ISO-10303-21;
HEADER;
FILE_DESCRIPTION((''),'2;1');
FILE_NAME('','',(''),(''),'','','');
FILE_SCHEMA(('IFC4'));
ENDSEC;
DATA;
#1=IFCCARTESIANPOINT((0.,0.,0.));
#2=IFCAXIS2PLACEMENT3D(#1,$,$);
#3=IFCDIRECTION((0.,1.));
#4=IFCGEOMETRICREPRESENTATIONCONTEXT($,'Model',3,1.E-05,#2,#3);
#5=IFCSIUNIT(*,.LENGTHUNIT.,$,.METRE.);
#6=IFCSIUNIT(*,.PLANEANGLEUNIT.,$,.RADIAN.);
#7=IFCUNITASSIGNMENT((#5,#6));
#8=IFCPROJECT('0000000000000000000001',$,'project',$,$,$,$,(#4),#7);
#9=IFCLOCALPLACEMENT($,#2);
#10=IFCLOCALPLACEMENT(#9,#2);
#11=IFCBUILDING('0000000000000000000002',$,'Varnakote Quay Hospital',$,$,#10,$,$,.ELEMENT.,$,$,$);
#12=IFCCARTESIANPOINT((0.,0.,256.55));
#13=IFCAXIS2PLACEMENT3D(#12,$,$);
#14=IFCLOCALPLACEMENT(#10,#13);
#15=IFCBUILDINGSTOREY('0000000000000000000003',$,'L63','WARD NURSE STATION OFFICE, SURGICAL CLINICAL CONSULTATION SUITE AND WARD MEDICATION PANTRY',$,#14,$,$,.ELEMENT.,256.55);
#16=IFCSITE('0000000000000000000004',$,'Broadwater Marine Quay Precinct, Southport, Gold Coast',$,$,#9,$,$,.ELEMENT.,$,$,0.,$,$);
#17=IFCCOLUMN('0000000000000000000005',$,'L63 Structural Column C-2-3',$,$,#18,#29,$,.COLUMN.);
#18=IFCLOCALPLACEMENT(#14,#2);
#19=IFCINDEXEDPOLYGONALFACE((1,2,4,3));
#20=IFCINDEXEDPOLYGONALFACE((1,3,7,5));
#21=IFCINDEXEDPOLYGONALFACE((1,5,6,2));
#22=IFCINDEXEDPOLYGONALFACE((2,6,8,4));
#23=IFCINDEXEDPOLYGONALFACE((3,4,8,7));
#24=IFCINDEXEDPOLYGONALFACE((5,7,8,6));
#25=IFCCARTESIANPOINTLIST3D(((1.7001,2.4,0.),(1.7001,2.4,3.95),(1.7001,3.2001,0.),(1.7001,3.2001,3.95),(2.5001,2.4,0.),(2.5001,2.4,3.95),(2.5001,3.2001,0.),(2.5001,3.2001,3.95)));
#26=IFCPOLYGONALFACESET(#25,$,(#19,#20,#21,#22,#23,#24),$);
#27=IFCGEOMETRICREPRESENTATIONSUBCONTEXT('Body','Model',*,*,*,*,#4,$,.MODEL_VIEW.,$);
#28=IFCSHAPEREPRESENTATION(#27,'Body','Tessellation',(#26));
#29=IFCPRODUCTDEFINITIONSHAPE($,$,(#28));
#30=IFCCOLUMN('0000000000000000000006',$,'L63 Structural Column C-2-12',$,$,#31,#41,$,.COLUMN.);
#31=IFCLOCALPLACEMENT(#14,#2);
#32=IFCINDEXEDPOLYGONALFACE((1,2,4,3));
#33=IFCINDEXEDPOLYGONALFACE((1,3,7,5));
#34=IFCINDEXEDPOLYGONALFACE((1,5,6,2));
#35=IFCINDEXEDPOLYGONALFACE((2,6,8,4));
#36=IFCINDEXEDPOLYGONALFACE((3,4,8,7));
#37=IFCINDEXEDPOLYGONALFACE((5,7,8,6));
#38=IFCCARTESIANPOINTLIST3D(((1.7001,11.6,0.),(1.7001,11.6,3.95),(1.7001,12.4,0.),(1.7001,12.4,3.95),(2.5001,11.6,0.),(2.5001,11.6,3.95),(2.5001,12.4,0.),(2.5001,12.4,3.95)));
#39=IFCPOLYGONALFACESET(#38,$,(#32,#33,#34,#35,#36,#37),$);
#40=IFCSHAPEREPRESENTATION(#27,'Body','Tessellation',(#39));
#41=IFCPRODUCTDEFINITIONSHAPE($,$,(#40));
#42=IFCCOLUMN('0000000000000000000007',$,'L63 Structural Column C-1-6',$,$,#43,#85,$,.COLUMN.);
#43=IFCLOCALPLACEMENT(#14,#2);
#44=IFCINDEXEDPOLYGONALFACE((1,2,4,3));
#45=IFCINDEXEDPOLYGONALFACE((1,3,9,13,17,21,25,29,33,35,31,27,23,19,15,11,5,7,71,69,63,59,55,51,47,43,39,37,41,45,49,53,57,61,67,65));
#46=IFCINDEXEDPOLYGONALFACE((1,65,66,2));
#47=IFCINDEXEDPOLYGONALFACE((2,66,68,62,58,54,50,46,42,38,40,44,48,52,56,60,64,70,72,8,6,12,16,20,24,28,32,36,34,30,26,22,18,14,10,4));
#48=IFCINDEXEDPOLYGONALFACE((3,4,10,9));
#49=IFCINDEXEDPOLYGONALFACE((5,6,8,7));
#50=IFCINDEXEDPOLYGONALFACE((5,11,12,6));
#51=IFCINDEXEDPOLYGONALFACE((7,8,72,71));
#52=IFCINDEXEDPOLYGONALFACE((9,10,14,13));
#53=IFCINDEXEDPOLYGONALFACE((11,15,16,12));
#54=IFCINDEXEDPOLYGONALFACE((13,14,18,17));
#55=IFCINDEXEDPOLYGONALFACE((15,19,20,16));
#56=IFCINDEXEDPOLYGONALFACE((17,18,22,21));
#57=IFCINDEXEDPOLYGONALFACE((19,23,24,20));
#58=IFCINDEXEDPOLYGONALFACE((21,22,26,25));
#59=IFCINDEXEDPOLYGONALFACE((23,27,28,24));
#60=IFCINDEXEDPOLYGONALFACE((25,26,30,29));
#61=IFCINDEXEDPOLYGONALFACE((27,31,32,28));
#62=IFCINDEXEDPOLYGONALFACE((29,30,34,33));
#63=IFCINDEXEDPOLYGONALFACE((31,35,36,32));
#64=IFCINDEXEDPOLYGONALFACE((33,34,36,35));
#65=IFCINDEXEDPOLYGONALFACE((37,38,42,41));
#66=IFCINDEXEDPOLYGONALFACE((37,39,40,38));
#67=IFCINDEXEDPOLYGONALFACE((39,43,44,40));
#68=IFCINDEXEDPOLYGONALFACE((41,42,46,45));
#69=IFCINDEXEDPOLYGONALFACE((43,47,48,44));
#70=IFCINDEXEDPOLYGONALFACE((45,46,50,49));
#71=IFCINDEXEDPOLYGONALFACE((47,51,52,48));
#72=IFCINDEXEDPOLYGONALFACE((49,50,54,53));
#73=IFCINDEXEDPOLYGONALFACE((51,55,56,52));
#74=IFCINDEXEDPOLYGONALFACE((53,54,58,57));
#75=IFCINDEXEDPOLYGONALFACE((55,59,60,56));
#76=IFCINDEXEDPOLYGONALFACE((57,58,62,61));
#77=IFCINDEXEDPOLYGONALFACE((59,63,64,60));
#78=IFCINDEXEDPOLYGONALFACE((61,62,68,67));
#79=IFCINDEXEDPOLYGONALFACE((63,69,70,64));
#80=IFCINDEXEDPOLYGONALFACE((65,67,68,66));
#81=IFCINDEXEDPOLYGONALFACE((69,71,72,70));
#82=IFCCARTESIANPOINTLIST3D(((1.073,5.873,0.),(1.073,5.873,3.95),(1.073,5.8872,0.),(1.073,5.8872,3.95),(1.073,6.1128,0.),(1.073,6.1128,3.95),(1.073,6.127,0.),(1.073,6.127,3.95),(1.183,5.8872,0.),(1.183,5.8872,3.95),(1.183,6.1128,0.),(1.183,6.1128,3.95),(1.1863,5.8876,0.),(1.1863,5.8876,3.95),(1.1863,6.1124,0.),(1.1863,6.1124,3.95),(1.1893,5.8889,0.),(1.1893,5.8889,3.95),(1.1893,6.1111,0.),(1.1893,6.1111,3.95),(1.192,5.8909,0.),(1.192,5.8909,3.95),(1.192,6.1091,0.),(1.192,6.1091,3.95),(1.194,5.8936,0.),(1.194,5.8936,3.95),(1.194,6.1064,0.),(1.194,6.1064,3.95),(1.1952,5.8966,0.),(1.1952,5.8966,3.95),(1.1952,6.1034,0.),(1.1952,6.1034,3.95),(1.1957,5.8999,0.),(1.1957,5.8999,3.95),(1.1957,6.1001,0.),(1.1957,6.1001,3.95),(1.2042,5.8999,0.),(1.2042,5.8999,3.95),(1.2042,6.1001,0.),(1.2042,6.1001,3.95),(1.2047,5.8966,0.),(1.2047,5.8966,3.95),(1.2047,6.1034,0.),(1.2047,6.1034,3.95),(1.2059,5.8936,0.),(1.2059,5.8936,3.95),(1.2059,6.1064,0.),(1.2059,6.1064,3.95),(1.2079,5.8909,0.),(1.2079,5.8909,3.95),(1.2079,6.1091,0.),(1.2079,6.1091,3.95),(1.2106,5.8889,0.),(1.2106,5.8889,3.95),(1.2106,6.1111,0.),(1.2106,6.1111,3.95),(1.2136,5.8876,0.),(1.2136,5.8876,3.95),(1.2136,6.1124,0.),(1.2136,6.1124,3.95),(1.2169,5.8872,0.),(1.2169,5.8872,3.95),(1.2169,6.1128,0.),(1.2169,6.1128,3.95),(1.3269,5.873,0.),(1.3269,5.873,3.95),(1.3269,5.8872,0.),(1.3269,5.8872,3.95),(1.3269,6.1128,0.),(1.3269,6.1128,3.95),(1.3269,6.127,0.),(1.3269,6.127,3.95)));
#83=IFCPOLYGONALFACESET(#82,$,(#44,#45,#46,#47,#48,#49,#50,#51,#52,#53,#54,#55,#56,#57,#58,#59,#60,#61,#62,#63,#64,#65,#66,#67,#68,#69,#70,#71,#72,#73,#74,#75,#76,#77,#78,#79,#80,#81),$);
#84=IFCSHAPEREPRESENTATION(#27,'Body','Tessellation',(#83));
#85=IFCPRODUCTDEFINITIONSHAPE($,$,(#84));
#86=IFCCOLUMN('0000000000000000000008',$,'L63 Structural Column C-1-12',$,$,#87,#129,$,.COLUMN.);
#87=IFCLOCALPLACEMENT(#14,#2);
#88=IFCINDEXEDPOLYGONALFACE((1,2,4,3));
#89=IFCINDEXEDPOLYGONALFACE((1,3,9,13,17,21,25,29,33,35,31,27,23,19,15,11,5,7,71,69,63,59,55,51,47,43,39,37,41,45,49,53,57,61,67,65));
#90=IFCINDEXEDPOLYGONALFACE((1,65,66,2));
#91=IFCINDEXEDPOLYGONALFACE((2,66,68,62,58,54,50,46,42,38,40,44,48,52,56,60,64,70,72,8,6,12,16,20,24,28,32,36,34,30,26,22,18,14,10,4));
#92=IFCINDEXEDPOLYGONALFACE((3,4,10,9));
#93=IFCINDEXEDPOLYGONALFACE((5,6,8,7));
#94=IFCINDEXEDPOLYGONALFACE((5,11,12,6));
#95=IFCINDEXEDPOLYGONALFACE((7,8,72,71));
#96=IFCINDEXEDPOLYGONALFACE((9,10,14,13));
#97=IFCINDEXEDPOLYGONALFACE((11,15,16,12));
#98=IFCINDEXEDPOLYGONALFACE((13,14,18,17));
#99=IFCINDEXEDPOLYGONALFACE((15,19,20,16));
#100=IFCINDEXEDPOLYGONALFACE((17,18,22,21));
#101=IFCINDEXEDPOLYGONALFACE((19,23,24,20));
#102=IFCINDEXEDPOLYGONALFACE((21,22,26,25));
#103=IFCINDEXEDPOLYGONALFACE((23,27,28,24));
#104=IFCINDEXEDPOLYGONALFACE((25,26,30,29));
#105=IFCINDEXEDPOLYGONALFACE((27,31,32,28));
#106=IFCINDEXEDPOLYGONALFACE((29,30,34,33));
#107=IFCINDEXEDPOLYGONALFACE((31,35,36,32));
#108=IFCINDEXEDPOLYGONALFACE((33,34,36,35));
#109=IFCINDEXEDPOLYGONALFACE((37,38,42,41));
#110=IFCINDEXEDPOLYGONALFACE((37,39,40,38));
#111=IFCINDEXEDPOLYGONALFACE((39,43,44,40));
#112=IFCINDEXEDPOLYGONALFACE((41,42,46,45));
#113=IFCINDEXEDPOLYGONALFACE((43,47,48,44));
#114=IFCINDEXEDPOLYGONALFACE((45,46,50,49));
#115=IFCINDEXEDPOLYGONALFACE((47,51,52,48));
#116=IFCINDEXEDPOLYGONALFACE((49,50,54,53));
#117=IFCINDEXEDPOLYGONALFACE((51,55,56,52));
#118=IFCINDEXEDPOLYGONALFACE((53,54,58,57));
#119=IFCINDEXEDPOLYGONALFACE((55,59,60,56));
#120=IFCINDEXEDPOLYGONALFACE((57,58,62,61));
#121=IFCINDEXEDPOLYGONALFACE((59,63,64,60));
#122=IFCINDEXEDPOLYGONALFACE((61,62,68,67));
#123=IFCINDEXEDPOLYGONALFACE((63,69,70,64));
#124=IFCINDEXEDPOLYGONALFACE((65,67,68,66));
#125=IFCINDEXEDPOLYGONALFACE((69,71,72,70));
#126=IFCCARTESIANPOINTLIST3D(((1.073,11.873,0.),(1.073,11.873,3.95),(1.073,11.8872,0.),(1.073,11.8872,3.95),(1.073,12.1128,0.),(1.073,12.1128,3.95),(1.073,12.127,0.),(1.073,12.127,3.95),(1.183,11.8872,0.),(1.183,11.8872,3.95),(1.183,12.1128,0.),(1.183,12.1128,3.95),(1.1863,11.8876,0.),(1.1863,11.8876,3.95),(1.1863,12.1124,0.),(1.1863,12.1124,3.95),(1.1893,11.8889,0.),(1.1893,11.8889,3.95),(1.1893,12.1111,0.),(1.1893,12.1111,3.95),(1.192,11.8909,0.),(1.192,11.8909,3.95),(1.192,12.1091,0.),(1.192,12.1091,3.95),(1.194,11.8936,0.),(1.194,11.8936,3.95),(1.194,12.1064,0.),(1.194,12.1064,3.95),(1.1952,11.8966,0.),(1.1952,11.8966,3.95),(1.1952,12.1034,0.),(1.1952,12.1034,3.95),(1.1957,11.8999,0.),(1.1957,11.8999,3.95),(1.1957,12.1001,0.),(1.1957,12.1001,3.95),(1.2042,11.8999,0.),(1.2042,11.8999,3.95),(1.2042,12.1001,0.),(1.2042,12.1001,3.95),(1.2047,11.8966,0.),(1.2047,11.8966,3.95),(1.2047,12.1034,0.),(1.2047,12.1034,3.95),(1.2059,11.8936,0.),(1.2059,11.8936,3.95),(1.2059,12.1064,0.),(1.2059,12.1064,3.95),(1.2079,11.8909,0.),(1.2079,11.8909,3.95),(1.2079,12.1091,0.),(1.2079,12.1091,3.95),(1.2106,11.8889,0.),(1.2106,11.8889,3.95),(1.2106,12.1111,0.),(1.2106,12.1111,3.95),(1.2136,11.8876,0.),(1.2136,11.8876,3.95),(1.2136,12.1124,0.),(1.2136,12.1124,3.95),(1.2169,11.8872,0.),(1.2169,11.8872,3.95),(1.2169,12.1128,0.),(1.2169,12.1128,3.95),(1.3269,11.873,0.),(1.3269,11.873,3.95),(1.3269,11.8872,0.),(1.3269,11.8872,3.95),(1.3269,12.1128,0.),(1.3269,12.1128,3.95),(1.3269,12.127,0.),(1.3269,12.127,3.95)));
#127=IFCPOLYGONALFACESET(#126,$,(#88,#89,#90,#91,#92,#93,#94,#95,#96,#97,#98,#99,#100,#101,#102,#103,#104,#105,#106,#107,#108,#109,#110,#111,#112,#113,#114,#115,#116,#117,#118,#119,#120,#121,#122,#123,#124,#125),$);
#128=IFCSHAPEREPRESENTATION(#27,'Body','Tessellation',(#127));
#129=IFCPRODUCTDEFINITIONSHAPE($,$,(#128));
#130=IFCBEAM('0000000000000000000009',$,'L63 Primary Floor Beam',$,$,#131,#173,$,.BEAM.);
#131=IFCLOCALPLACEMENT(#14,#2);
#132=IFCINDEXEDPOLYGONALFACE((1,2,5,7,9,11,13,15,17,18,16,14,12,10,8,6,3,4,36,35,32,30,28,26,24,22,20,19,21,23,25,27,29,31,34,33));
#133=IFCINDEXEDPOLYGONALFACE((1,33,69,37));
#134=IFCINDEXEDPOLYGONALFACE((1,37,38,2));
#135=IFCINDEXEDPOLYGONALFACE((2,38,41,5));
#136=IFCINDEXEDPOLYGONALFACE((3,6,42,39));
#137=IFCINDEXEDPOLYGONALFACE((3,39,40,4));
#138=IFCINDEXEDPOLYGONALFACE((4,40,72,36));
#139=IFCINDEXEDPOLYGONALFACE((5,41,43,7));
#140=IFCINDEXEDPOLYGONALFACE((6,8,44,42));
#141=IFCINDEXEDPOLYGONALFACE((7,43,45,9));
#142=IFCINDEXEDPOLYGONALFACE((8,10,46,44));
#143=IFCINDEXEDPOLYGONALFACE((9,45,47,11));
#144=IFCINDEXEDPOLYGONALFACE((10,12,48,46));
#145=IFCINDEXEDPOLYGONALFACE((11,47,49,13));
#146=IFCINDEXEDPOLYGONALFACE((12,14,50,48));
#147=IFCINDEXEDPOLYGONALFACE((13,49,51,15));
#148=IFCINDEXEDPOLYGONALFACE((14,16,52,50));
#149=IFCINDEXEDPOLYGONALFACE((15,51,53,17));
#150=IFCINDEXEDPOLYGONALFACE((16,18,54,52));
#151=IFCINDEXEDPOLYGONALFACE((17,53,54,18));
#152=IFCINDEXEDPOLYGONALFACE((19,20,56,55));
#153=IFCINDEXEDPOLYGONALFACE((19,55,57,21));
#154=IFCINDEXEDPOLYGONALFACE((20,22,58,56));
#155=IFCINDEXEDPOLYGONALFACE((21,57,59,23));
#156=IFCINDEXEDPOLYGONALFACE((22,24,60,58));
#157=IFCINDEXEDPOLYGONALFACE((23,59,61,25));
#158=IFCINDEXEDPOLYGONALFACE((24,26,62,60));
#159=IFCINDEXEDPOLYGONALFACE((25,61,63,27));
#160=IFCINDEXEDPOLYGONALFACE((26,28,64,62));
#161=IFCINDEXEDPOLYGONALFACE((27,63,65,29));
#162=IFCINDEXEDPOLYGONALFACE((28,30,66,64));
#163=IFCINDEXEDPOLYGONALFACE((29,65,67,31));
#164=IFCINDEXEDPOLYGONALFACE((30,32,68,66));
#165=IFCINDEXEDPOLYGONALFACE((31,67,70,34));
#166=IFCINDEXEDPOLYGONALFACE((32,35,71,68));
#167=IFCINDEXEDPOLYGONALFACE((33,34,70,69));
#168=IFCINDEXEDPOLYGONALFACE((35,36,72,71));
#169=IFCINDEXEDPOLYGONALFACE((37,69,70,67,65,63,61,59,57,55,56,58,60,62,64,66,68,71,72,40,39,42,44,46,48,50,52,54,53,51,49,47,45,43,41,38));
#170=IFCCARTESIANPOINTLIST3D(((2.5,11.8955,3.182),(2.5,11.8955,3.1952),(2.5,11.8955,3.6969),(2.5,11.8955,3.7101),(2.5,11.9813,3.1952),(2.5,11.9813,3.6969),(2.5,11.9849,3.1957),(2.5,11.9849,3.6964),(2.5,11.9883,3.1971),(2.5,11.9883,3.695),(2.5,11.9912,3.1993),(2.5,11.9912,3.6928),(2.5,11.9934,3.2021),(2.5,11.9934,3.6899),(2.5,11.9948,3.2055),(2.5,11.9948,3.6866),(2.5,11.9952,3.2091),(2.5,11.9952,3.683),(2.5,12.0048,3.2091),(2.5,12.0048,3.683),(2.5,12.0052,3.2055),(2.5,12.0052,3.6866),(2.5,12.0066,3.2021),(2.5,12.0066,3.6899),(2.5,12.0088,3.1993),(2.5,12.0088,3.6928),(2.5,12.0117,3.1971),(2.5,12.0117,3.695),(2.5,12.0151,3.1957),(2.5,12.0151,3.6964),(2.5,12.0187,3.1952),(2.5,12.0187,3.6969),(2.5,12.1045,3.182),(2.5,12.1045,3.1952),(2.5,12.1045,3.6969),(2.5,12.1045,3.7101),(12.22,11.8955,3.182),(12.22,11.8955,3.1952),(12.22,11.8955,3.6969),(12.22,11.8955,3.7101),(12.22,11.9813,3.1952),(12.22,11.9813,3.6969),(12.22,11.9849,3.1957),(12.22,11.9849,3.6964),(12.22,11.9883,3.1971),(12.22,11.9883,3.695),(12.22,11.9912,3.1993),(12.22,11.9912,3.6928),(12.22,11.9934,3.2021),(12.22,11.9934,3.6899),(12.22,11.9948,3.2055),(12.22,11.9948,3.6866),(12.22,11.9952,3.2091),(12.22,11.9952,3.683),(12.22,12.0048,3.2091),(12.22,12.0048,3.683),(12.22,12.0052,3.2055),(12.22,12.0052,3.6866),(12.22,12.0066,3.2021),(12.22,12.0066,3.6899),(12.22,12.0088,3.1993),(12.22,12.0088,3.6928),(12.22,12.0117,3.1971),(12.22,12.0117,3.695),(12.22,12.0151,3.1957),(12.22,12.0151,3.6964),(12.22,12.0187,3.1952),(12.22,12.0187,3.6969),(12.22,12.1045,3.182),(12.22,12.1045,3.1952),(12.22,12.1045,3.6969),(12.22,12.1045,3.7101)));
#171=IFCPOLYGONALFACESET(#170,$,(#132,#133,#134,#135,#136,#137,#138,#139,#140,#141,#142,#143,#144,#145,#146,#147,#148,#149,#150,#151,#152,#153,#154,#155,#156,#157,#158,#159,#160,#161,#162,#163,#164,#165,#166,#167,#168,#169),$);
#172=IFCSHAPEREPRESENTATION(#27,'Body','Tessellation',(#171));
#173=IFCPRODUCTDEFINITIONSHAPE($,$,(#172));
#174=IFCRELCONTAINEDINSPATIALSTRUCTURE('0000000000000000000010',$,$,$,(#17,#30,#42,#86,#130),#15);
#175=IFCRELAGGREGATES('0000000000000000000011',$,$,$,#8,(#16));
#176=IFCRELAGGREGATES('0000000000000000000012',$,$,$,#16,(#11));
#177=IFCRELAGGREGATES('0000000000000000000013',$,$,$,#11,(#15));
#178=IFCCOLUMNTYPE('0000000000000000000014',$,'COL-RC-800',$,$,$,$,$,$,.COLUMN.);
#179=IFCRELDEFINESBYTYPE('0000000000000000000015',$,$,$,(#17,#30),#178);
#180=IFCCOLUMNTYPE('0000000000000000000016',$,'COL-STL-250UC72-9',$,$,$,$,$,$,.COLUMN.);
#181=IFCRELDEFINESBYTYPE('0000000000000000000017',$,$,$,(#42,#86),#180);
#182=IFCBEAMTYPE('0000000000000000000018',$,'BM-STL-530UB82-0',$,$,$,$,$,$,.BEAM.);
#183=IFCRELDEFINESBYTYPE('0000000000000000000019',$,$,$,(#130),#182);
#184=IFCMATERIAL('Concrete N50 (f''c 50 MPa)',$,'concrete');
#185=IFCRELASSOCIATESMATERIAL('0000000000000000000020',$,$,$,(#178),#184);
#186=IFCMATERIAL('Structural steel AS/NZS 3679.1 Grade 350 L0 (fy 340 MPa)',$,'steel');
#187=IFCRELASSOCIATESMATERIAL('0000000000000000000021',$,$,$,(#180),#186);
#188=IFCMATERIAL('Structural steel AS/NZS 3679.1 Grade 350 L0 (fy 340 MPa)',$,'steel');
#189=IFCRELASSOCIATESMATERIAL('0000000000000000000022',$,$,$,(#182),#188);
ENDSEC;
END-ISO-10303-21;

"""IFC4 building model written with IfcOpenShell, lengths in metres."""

from ifc_helpers import new_model, si_unit, direction, frame, origin, origin_2d, place, context, subcontext, project, spatial, rectangle, i_section, extrude, material, material_profile, profile_set, type_object, element, save


model = new_model("IFC4")

# Units and contexts
model_context = context("Model", 3, precision=1e-05, world=origin(), true_north=direction((0.0, 1.0)))
body_context = subcontext(model_context, "Body", "Model", "MODEL_VIEW")
ifc_project = project(units=[si_unit("LENGTHUNIT", "METRE"), si_unit("PLANEANGLEUNIT", "RADIAN")], contexts=[model_context])

# Site, building, storey
site_placement = place(None, origin())
site = spatial("IfcSite", under=ifc_project, at=site_placement, Name="Broadwater Marine Quay Precinct, Southport, Gold Coast", CompositionType="ELEMENT", RefElevation=0.0)
building_placement = place(site_placement, origin())
building = spatial("IfcBuilding", under=site, at=building_placement, Name="Varnakote Quay Hospital", CompositionType="ELEMENT")
storey_placement = place(building_placement, frame((0.0, 0.0, 256.55)))
storey = spatial("IfcBuildingStorey", under=building, at=storey_placement, Name="L63", Description="WARD NURSE STATION OFFICE, SURGICAL CLINICAL CONSULTATION SUITE AND WARD MEDICATION PANTRY", CompositionType="ELEMENT", Elevation=256.55)

# Columns
ifc_material_1 = material(Name="Concrete N50 (f'c 50 MPa)", Category="concrete")
ifc_material_profile_1 = material_profile(ifc_material_1, rectangle(XDim=0.8, YDim=0.8, at=origin_2d()), Name="RC-COL-800x800")
ifc_profile_set_1 = profile_set([ifc_material_profile_1], Name="Concrete N50 (f'c 50 MPa)")
column_type_1 = type_object("IfcColumnType", Name="COL-RC-800", PredefinedType="COLUMN", material=ifc_profile_set_1)
for number, where, z_axis, x_axis, name in (
    (1, (2.1001, 2.8, 0.0), (0.0, 0.0, 1.0), (1.0, 0.0, 0.0), "L63 Structural Column C-2-3"),
    (2, (2.1001, 12.0, 0.0), (0.0, 0.0, 1.0), (1.0, 0.0, 0.0), "L63 Structural Column C-2-12"),
):
    element("IfcColumn", number, at=place(storey_placement, frame(where, z_axis=z_axis, x_axis=x_axis)), inside=storey, type_object=column_type_1, Name=name, PredefinedType="COLUMN", context=body_context, shape_type="SweptSolid", body=[
        extrude(rectangle(XDim=0.8, YDim=0.8, at=origin_2d()), origin(), (0.0, 0.0, 1.0), 3.95),
    ])
ifc_material_2 = material(Name="Structural steel AS/NZS 3679.1 Grade 350 L0 (fy 340 MPa)", Category="steel")
ifc_material_profile_2 = material_profile(ifc_material_2, i_section(OverallWidth=0.2539, OverallDepth=0.2539, WebThickness=0.0085, FlangeThickness=0.0142, FilletRadius=0.0127, at=origin_2d()), Name="250UC72.9")
ifc_profile_set_2 = profile_set([ifc_material_profile_2], Name="Structural steel AS/NZS 3679.1 Grade 350 L0 (fy 340 MPa)")
column_type_2 = type_object("IfcColumnType", Name="COL-STL-250UC72-9", PredefinedType="COLUMN", material=ifc_profile_set_2)
for number, where, z_axis, x_axis, name in (
    (3, (1.2, 6.0, 0.0), (0.0, 0.0, 1.0), (1.0, 0.0, 0.0), "L63 Structural Column C-1-6"),
    (4, (1.2, 12.0, 0.0), (0.0, 0.0, 1.0), (1.0, 0.0, 0.0), "L63 Structural Column C-1-12"),
):
    element("IfcColumn", number, at=place(storey_placement, frame(where, z_axis=z_axis, x_axis=x_axis)), inside=storey, type_object=column_type_2, Name=name, PredefinedType="COLUMN", context=body_context, shape_type="SweptSolid", body=[
        extrude(i_section(OverallWidth=0.2539, OverallDepth=0.2539, WebThickness=0.0085, FlangeThickness=0.0142, FilletRadius=0.0127, at=origin_2d()), origin(), (0.0, 0.0, 1.0), 3.95),
    ])

# Beam
ifc_material_3 = material(Name="Structural steel AS/NZS 3679.1 Grade 350 L0 (fy 340 MPa)", Category="steel")
ifc_material_profile_3 = material_profile(ifc_material_3, i_section(OverallWidth=0.209, OverallDepth=0.5281, WebThickness=0.0095, FlangeThickness=0.0132, FilletRadius=0.0139, at=origin_2d()), Name="530UB82.0")
ifc_profile_set_3 = profile_set([ifc_material_profile_3], Name="Structural steel AS/NZS 3679.1 Grade 350 L0 (fy 340 MPa)")
beam_type_1 = type_object("IfcBeamType", Name="BM-STL-530UB82-0", PredefinedType="BEAM", material=ifc_profile_set_3)
beam_1_placement = place(storey_placement, frame((2.5, 12.0, 3.446), z_axis=(1.0, 0.0, 0.0), x_axis=(0.0, 1.0, 0.0)))
element("IfcBeam", 5, at=beam_1_placement, inside=storey, type_object=beam_type_1, Name="L63 Primary Floor Beam", PredefinedType="BEAM", context=body_context, shape_type="SweptSolid", body=[
    extrude(i_section(OverallWidth=0.209, OverallDepth=0.5281, WebThickness=0.0095, FlangeThickness=0.0132, FilletRadius=0.0139, at=origin_2d()), origin(), (0.0, 0.0, 1.0), 9.72),
])

save(model, "model.ifc")
